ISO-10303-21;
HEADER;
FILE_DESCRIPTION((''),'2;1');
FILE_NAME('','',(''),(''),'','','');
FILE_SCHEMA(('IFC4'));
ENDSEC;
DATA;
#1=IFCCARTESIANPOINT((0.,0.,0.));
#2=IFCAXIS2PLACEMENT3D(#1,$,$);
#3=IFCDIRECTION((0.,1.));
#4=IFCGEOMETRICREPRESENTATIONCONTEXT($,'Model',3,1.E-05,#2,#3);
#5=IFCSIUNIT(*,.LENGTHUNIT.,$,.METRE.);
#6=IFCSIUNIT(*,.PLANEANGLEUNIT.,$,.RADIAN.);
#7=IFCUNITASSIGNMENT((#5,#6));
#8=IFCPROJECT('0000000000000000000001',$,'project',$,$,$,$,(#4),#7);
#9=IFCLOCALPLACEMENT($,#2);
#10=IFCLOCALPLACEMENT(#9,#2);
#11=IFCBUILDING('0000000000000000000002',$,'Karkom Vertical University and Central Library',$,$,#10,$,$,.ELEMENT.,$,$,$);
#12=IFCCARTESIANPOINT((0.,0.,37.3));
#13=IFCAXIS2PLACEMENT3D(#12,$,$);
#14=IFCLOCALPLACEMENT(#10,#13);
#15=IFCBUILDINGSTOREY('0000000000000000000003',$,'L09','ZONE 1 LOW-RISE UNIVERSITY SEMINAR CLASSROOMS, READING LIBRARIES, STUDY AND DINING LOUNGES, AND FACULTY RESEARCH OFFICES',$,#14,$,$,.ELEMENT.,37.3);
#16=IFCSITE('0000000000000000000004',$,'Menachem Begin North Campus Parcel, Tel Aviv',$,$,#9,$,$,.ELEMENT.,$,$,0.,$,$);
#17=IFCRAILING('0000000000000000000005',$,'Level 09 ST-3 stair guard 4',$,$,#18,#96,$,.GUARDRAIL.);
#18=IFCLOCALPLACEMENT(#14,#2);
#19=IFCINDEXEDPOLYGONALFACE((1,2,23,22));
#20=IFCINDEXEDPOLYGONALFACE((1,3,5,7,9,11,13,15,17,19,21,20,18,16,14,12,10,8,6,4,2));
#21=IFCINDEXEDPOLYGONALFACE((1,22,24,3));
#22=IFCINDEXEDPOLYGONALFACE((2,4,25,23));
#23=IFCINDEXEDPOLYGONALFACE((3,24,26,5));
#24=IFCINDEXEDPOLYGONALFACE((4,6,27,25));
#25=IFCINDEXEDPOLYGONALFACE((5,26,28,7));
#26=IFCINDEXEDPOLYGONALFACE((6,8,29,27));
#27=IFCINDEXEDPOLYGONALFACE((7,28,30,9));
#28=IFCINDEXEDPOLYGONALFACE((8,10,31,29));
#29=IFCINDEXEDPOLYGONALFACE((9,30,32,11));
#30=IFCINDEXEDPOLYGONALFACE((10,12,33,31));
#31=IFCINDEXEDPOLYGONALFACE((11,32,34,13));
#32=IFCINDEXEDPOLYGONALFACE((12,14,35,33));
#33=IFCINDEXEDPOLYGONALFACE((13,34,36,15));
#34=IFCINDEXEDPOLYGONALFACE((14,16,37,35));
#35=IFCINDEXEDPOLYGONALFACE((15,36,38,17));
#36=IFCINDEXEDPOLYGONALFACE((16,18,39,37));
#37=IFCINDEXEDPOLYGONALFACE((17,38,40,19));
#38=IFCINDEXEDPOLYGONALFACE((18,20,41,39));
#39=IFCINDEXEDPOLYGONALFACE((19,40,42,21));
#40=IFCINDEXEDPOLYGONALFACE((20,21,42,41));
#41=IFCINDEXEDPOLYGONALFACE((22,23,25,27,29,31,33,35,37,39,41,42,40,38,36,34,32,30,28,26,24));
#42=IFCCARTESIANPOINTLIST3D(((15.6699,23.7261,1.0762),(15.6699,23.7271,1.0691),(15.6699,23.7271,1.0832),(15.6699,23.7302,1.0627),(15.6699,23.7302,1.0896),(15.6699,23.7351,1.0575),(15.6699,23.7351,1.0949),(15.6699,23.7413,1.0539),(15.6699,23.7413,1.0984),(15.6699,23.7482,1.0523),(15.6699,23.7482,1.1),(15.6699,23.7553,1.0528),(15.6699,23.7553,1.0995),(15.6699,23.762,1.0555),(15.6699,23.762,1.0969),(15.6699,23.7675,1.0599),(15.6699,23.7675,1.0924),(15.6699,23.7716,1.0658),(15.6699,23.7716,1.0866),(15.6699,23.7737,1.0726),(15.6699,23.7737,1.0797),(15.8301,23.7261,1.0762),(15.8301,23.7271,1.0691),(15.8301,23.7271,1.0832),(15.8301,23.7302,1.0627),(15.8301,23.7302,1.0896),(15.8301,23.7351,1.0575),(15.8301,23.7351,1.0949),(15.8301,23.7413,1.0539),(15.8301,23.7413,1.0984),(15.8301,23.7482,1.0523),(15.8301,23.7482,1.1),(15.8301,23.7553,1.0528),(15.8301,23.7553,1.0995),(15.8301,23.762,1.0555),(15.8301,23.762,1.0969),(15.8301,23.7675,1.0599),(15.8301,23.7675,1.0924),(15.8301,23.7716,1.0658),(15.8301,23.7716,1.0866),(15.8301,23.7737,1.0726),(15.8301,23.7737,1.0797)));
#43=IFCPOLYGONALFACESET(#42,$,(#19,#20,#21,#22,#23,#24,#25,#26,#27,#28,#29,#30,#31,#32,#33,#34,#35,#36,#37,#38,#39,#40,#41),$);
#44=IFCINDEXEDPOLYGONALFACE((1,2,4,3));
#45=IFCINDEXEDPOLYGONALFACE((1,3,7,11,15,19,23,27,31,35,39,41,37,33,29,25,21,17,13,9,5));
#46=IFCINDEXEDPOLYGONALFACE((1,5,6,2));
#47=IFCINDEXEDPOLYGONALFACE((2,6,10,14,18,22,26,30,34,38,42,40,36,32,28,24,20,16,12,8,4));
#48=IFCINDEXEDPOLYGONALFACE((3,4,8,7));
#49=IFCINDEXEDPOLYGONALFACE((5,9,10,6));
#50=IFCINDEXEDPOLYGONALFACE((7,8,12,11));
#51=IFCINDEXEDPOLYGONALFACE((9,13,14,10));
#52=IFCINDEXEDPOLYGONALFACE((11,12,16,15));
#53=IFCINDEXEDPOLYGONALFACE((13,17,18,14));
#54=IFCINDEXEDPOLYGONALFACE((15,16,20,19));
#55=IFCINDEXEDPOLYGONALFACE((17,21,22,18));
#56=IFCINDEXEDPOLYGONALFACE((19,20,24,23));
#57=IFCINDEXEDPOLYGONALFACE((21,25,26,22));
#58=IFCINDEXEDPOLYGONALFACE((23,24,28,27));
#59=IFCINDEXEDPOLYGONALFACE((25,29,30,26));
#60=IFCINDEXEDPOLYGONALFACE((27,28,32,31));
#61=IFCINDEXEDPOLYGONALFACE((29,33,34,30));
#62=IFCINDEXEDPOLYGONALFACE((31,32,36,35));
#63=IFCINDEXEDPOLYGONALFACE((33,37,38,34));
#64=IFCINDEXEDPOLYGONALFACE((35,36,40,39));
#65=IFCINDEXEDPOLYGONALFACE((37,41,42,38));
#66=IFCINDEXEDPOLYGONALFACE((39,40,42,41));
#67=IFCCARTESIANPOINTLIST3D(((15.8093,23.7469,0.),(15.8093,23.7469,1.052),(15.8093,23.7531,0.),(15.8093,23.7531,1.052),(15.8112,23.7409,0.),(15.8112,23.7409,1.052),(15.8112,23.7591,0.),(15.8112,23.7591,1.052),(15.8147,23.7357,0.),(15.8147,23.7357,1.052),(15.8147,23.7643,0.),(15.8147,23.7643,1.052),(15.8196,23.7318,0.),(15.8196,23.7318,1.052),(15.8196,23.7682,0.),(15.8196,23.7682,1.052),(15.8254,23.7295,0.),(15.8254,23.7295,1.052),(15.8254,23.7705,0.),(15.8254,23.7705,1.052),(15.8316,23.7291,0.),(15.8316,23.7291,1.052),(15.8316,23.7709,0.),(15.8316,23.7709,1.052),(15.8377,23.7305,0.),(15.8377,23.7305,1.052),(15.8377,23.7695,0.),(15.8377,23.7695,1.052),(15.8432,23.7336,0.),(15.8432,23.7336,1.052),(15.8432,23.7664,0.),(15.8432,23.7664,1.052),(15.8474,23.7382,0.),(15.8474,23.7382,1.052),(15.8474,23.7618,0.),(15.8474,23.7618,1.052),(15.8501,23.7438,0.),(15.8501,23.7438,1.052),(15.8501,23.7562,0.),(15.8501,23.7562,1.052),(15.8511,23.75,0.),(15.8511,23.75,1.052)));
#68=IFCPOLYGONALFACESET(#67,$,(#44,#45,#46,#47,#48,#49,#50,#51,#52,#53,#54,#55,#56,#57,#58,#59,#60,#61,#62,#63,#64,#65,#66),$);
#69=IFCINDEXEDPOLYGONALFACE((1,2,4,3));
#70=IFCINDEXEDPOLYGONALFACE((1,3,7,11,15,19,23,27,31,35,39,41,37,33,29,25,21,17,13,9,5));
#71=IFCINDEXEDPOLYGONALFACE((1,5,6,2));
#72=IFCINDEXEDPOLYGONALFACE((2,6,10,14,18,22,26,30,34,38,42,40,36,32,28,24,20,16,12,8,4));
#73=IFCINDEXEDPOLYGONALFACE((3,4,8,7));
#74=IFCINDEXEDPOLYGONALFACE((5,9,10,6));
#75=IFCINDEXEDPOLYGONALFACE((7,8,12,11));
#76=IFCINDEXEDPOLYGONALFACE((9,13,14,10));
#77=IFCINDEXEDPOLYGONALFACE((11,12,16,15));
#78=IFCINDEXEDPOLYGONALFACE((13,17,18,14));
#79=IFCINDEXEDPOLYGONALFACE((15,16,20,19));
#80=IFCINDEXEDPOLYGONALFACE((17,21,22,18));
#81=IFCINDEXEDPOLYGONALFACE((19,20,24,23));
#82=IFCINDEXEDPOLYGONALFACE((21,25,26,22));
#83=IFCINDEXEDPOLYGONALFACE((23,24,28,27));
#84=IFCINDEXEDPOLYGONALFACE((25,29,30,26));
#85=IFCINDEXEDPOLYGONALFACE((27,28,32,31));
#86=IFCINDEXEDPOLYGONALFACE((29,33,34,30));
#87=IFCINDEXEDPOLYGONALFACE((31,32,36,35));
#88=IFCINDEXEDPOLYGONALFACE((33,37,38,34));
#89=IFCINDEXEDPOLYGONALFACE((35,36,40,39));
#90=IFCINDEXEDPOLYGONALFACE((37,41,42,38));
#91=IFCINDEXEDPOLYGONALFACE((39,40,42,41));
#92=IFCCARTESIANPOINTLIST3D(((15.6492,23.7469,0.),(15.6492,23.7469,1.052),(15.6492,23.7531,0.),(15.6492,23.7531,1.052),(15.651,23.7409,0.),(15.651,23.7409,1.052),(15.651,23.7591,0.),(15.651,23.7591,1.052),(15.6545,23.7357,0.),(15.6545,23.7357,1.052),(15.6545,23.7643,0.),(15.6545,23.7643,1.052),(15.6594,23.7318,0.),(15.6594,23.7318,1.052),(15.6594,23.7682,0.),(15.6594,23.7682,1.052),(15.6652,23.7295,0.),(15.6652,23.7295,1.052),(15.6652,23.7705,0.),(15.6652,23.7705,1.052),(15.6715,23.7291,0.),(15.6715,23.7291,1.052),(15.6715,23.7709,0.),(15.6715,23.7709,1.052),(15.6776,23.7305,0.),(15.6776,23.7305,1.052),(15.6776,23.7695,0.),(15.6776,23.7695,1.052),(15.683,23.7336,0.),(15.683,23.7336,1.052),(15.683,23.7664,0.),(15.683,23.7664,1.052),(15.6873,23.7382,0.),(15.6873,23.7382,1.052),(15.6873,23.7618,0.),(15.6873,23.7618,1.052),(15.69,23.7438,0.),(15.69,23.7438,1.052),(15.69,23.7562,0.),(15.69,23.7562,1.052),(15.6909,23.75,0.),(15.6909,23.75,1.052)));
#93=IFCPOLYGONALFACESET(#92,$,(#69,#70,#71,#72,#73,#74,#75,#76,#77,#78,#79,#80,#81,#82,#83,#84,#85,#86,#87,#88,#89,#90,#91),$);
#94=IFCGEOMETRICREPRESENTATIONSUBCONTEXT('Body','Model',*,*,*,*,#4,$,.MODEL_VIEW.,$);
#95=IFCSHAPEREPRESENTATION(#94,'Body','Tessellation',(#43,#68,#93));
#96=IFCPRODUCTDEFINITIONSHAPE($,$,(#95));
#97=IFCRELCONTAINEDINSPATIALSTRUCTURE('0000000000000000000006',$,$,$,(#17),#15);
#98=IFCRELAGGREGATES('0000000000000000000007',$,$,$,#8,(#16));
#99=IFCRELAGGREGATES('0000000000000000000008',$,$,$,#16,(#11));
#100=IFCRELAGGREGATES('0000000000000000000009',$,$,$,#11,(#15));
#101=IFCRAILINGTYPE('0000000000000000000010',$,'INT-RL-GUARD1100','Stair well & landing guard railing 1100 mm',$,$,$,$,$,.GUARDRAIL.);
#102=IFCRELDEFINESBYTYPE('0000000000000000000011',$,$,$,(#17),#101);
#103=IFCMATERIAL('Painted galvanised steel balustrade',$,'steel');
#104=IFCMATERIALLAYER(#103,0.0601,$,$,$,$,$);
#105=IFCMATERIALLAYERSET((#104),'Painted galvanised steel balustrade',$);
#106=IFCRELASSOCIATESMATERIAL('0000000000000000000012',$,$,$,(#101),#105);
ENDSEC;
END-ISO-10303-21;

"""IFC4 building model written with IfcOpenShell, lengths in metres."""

from ifc_helpers import new_model, si_unit, direction, frame, origin, origin_2d, place, context, subcontext, project, spatial, circle, extrude, material, layer, layer_set, type_object, element, save


model = new_model("IFC4")

# Units and contexts
model_context = context("Model", 3, precision=1e-05, world=origin(), true_north=direction((0.0, 1.0)))
body_context = subcontext(model_context, "Body", "Model", "MODEL_VIEW")
ifc_project = project(units=[si_unit("LENGTHUNIT", "METRE"), si_unit("PLANEANGLEUNIT", "RADIAN")], contexts=[model_context])

# Site, building, storey
site_placement = place(None, origin())
site = spatial("IfcSite", under=ifc_project, at=site_placement, Name="Menachem Begin North Campus Parcel, Tel Aviv", CompositionType="ELEMENT", RefElevation=0.0)
building_placement = place(site_placement, origin())
building = spatial("IfcBuilding", under=site, at=building_placement, Name="Karkom Vertical University and Central Library", CompositionType="ELEMENT")
storey_placement = place(building_placement, frame((0.0, 0.0, 37.3)))
storey = spatial("IfcBuildingStorey", under=building, at=storey_placement, Name="L09", Description="ZONE 1 LOW-RISE UNIVERSITY SEMINAR CLASSROOMS, READING LIBRARIES, STUDY AND DINING LOUNGES, AND FACULTY RESEARCH OFFICES", CompositionType="ELEMENT", Elevation=37.3)

# Railing
ifc_material_1 = material(Name="Painted galvanised steel balustrade", Category="steel")
ifc_layer_1 = layer(ifc_material_1, 0.0601)
ifc_layer_set_1 = layer_set([ifc_layer_1], Name="Painted galvanised steel balustrade")
railing_type_1 = type_object("IfcRailingType", Name="INT-RL-GUARD1100", Description="Stair well & landing guard railing 1100 mm", PredefinedType="GUARDRAIL", material=ifc_layer_set_1)
railing_1_placement = place(storey_placement, frame((15.8301, 23.75, 0.0)))
element("IfcRailing", 1, at=railing_1_placement, inside=storey, type_object=railing_type_1, Name="Level 09 ST-3 stair guard 4", PredefinedType="GUARDRAIL", context=body_context, shape_type="SweptSolid", body=[
    extrude(circle(Radius=0.0239, at=origin_2d()), frame((0.0, 0.0, 1.0762), z_axis=(-1.0, 0.0, 0.0), x_axis=(0.0, -1.0, 0.0)), (0.0, 0.0, 1.0), 0.1602),
    extrude(circle(Radius=0.021, at=origin_2d()), origin(), (0.0, 0.0, 1.0), 1.052),
    extrude(circle(Radius=0.021, at=origin_2d()), frame((-0.1602, 0.0, 0.0)), (0.0, 0.0, 1.0), 1.052),
])

save(model, "model.ifc")
